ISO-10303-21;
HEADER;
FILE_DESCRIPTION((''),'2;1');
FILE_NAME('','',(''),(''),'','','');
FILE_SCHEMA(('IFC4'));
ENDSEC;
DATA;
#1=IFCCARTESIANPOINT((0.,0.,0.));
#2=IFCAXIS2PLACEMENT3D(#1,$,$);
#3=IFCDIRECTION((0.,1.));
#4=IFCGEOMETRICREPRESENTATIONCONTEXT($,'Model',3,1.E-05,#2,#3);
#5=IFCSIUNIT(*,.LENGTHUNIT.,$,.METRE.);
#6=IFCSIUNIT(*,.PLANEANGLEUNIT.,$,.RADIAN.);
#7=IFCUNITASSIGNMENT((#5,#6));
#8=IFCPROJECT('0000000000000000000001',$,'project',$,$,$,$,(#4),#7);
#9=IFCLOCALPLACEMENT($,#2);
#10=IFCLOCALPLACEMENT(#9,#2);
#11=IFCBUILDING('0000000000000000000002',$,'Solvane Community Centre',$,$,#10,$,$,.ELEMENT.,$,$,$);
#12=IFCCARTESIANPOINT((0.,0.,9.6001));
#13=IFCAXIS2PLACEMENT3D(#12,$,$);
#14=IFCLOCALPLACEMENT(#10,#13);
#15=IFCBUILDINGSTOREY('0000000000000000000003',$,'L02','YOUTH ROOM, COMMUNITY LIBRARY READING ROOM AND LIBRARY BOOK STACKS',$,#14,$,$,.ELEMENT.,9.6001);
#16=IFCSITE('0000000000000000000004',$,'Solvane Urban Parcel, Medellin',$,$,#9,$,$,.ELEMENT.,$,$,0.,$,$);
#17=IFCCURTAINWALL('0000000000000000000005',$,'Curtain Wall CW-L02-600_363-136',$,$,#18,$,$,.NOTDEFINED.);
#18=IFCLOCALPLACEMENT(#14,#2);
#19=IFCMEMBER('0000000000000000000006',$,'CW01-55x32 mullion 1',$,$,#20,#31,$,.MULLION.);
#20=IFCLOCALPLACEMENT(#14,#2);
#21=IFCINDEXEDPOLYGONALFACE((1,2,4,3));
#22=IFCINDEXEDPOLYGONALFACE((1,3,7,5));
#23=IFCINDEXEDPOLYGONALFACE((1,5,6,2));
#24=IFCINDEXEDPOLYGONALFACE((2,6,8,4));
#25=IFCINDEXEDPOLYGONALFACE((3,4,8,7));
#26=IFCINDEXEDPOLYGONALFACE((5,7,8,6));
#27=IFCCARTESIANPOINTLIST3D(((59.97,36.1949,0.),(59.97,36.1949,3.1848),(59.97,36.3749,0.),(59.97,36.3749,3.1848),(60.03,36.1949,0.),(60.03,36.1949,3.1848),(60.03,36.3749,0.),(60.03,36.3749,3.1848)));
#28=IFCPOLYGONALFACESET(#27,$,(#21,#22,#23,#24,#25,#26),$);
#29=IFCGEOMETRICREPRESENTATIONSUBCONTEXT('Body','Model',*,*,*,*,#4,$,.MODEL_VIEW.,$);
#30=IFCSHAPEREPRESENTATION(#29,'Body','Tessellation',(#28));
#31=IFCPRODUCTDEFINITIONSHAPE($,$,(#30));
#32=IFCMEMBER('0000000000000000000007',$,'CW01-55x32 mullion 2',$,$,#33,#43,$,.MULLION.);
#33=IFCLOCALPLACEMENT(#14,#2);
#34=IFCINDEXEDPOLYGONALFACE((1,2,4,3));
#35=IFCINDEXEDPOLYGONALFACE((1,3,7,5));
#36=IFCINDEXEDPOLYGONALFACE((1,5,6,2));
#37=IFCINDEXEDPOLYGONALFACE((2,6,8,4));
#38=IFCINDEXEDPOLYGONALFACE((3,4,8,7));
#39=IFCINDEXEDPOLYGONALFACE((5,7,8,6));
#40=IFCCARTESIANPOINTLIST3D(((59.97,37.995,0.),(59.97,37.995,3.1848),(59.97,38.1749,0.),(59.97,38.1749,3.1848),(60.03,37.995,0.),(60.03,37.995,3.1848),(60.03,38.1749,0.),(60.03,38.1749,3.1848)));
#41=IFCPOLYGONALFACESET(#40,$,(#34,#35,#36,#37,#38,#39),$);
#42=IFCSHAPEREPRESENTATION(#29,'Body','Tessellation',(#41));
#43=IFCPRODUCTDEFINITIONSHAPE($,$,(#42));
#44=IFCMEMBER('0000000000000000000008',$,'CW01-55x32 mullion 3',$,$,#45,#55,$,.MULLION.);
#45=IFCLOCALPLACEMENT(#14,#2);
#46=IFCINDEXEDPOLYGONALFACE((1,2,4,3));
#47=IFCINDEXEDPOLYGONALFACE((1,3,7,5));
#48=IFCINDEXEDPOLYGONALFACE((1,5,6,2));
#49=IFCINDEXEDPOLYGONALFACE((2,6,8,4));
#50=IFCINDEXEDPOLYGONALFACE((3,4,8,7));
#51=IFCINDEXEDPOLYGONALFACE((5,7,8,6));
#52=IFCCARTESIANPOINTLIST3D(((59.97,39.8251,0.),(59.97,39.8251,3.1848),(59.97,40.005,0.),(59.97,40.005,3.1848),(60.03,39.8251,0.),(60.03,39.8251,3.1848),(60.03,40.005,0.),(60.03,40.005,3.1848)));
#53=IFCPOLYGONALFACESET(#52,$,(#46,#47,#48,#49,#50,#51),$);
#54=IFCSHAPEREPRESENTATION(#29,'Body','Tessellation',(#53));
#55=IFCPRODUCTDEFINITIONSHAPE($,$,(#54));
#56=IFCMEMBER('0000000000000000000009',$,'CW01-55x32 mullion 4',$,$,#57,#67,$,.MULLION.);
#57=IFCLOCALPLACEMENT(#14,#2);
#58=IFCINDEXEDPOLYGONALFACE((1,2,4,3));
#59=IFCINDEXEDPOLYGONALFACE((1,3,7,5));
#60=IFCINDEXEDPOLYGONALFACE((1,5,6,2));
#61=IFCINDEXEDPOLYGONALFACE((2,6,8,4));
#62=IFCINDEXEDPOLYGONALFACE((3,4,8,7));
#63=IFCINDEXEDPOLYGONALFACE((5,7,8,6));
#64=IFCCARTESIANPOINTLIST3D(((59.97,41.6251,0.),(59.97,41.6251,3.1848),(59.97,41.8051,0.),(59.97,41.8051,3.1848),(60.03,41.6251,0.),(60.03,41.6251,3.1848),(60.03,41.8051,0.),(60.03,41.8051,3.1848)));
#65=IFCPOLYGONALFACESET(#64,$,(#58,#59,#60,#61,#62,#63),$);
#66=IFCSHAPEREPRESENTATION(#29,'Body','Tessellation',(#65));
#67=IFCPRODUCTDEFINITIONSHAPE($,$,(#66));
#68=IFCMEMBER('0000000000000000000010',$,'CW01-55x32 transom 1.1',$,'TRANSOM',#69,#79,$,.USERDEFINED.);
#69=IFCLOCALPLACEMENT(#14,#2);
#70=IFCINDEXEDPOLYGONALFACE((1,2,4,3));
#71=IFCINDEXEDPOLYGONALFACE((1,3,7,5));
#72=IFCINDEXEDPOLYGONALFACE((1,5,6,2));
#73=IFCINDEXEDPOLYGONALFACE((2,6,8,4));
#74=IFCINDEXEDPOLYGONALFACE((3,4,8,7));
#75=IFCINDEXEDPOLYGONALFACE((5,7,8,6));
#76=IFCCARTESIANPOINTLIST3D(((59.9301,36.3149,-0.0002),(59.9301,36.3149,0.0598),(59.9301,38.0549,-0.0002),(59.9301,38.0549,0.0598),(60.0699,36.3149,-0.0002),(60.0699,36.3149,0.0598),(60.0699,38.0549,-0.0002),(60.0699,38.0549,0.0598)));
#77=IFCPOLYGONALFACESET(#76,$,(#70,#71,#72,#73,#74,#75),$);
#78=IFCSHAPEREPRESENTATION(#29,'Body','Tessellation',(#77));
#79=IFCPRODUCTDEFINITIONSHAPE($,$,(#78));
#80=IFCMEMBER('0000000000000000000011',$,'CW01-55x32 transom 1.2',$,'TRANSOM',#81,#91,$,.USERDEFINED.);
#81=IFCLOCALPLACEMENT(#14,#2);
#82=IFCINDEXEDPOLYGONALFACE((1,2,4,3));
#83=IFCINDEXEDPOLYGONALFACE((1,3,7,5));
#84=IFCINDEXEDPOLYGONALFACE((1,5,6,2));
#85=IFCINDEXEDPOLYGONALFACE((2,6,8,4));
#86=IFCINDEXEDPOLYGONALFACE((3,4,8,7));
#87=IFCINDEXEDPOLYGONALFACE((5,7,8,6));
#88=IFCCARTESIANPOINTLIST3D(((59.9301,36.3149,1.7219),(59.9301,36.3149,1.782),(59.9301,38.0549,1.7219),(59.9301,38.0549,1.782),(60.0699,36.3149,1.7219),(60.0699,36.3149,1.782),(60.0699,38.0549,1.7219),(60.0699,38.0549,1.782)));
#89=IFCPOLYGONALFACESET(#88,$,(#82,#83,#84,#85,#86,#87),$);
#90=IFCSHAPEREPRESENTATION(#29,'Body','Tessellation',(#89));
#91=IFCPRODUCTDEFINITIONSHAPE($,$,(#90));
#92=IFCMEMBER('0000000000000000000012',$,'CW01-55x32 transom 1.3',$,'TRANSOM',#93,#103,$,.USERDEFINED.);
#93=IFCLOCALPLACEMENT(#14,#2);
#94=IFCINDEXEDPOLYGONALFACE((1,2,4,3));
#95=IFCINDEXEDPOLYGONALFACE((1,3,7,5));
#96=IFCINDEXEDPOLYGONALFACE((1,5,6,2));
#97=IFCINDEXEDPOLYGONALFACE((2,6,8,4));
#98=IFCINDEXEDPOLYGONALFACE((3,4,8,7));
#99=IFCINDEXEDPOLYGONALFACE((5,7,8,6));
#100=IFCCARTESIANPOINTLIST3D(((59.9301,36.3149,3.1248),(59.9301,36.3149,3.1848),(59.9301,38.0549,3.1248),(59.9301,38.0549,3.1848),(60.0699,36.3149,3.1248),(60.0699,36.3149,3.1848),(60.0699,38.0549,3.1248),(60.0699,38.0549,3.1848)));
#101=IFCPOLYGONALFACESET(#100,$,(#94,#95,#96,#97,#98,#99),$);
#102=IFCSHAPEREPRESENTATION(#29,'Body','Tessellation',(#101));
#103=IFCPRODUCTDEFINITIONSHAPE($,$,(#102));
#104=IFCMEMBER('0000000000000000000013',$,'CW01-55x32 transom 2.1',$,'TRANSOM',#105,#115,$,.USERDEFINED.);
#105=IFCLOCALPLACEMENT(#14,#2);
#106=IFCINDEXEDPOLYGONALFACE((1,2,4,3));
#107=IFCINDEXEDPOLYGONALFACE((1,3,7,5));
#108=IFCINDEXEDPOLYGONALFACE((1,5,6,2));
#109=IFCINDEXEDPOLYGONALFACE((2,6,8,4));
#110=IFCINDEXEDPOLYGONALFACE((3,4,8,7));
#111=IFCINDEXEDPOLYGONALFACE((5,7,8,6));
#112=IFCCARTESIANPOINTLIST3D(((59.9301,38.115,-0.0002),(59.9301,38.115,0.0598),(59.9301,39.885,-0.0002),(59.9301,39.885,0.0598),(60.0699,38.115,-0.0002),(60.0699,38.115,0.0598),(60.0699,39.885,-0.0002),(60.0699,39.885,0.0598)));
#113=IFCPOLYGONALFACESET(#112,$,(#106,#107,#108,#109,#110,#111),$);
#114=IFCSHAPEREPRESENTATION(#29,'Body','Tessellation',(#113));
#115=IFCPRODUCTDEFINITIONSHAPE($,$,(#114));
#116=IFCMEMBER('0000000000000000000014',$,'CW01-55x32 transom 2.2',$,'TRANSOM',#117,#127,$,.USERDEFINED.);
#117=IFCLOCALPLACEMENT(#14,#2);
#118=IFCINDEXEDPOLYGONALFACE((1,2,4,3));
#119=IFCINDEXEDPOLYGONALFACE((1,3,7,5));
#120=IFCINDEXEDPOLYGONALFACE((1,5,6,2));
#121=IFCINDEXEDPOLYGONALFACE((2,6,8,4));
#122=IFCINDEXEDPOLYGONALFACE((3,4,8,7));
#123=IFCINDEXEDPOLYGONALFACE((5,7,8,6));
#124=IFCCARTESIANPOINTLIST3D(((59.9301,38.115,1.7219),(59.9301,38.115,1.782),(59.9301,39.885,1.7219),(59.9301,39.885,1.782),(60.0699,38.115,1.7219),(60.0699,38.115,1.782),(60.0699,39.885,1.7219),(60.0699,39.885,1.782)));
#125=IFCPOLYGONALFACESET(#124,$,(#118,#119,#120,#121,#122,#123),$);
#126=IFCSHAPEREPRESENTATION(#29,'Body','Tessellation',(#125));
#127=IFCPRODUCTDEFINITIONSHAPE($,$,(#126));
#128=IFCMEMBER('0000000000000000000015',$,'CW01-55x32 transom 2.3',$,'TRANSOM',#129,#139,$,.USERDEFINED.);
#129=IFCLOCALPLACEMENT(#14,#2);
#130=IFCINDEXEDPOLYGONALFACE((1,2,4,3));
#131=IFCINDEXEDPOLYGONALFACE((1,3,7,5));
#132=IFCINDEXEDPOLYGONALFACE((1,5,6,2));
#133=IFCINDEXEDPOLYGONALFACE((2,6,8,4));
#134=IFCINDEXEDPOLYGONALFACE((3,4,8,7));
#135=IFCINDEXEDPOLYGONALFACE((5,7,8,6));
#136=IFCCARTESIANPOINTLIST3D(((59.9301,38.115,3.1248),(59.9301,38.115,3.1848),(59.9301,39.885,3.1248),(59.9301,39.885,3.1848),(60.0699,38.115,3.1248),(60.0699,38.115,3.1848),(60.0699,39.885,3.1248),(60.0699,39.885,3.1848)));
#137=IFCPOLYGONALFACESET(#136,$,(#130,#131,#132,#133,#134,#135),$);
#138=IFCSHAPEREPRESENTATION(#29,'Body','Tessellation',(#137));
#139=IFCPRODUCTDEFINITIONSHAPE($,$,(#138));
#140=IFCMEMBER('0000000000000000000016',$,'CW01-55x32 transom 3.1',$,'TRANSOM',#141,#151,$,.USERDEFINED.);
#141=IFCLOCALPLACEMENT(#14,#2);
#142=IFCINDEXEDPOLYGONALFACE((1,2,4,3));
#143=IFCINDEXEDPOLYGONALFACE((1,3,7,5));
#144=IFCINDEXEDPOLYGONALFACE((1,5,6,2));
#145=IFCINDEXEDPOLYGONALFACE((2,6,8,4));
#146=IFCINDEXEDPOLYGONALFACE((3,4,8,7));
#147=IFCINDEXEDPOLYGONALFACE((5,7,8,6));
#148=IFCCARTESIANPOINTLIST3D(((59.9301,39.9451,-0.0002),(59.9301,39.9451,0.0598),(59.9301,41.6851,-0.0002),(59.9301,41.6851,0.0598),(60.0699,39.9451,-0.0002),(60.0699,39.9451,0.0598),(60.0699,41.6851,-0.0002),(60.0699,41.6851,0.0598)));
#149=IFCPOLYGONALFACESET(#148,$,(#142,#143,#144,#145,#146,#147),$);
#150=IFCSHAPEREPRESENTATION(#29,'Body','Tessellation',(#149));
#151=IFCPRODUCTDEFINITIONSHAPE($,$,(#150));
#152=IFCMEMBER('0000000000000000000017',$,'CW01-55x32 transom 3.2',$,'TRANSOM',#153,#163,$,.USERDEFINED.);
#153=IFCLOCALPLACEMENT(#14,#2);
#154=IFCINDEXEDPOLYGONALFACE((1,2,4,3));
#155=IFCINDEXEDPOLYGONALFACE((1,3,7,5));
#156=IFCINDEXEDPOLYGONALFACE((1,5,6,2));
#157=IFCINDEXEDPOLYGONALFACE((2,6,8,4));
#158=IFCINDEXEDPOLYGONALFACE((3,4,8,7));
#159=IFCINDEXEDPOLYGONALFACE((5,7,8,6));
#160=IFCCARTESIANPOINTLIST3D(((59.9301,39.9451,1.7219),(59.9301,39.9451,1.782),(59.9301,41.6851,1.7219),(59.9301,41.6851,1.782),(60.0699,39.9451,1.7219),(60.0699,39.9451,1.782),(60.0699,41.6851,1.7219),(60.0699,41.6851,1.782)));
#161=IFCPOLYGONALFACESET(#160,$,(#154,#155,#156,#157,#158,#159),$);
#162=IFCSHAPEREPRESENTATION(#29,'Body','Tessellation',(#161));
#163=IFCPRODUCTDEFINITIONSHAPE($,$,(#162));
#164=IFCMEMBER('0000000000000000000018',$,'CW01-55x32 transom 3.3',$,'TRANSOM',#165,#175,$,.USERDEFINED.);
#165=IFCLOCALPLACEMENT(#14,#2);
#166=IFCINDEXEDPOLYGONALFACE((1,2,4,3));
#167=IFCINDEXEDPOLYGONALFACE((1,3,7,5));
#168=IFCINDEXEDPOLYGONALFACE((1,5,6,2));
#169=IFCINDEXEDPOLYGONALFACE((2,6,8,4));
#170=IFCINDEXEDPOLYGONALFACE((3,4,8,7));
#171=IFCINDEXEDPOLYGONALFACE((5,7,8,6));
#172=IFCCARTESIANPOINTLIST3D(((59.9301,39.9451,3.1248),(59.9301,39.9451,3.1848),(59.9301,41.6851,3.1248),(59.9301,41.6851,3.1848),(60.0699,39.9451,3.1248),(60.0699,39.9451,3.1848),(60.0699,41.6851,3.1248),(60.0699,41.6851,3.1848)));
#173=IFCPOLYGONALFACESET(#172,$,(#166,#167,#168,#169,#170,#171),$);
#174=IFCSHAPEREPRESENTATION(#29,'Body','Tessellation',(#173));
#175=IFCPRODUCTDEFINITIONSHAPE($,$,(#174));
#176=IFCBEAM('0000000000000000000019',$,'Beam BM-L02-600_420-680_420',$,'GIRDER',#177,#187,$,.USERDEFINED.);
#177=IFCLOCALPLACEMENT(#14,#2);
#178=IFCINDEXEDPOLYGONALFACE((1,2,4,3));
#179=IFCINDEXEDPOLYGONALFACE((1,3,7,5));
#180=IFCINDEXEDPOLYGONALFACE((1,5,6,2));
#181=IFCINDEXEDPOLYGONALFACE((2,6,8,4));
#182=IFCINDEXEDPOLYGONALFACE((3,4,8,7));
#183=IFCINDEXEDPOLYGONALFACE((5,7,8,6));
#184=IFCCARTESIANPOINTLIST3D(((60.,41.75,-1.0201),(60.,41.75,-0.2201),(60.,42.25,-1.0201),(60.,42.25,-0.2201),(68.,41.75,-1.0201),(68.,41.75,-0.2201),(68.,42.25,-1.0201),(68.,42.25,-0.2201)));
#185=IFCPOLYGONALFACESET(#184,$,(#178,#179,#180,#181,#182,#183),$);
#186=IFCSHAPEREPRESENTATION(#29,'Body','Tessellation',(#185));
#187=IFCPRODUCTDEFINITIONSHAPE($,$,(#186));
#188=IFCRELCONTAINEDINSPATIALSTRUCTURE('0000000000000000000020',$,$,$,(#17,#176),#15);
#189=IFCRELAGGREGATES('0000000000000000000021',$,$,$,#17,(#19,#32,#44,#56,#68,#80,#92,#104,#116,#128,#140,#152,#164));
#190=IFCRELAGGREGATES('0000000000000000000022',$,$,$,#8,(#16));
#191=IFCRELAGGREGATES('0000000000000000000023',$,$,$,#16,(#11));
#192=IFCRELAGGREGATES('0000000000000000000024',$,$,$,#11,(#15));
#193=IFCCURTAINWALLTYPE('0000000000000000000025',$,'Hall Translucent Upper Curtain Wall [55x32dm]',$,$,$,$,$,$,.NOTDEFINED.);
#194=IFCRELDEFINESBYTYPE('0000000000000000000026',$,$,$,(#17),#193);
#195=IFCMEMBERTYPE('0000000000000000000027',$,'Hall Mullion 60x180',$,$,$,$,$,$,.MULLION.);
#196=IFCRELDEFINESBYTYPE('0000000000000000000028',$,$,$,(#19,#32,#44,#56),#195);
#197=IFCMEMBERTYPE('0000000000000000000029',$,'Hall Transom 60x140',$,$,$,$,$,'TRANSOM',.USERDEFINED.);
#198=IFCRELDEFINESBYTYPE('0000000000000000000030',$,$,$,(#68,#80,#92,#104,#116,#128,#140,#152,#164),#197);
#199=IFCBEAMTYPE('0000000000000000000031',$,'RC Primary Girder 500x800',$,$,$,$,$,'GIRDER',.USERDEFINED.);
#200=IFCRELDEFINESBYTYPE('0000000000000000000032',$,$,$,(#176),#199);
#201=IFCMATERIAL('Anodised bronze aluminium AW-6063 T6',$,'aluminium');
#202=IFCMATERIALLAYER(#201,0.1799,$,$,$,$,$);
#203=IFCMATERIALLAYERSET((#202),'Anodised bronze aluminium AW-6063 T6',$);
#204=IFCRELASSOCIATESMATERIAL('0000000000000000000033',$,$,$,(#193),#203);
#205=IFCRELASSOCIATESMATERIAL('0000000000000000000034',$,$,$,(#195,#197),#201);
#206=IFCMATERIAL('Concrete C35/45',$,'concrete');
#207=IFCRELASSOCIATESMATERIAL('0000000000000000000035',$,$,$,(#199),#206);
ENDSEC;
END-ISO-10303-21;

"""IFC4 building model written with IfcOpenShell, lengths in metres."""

from ifc_helpers import new_model, si_unit, direction, frame, origin, origin_2d, place, context, subcontext, project, spatial, rectangle, extrude, material, layer, layer_set, material_profile, profile_set, type_object, element, aggregate, save


model = new_model("IFC4")

# Units and contexts
model_context = context("Model", 3, precision=1e-05, world=origin(), true_north=direction((0.0, 1.0)))
body_context = subcontext(model_context, "Body", "Model", "MODEL_VIEW")
ifc_project = project(units=[si_unit("LENGTHUNIT", "METRE"), si_unit("PLANEANGLEUNIT", "RADIAN")], contexts=[model_context])

# Site, building, storey
site_placement = place(None, origin())
site = spatial("IfcSite", under=ifc_project, at=site_placement, Name="Solvane Urban Parcel, Medellin", CompositionType="ELEMENT", RefElevation=0.0)
building_placement = place(site_placement, origin())
building = spatial("IfcBuilding", under=site, at=building_placement, Name="Solvane Community Centre", CompositionType="ELEMENT")
storey_placement = place(building_placement, frame((0.0, 0.0, 9.6001)))
storey = spatial("IfcBuildingStorey", under=building, at=storey_placement, Name="L02", Description="YOUTH ROOM, COMMUNITY LIBRARY READING ROOM AND LIBRARY BOOK STACKS", CompositionType="ELEMENT", Elevation=9.6001)

# Curtain wall, members
ifc_material_1 = material(Name="Anodised bronze aluminium AW-6063 T6", Category="aluminium")
ifc_layer_1 = layer(ifc_material_1, 0.1799)
ifc_layer_set_1 = layer_set([ifc_layer_1], Name="Anodised bronze aluminium AW-6063 T6")
curtain_wall_type = type_object("IfcCurtainWallType", Name="Hall Translucent Upper Curtain Wall [55x32dm]", PredefinedType="NOTDEFINED", material=ifc_layer_set_1)
curtain_wall_placement = place(storey_placement, origin())
curtain_wall = element("IfcCurtainWall", 1, at=curtain_wall_placement, inside=storey, type_object=curtain_wall_type, Name="Curtain Wall CW-L02-600_363-136", PredefinedType="NOTDEFINED")
ifc_material_profile_1 = material_profile(ifc_material_1, rectangle(XDim=0.0601, YDim=0.1799, at=origin_2d()), Name="CW-M 60x180")
ifc_profile_set_1 = profile_set([ifc_material_profile_1], Name="Anodised bronze aluminium AW-6063 T6")
member_type_1 = type_object("IfcMemberType", Name="Hall Mullion 60x180", PredefinedType="MULLION", material=ifc_profile_set_1)
member_1_placement = place(storey_placement, frame((60.0, 36.2849, 0.0), z_axis=(0.0, 0.0, 1.0), x_axis=(-1.0, 0.0, 0.0)))
member_1 = element("IfcMember", 2, at=member_1_placement, type_object=member_type_1, Name="CW01-55x32 mullion 1", PredefinedType="MULLION", context=body_context, shape_type="SweptSolid", body=[
    extrude(rectangle(XDim=0.0601, YDim=0.1799, at=origin_2d()), origin(), (0.0, 0.0, 1.0), 3.1848),
])
member_2_placement = place(storey_placement, frame((60.0, 38.085, 0.0), z_axis=(0.0, 0.0, 1.0), x_axis=(-1.0, 0.0, 0.0)))
member_2 = element("IfcMember", 3, at=member_2_placement, type_object=member_type_1, Name="CW01-55x32 mullion 2", PredefinedType="MULLION", context=body_context, shape_type="SweptSolid", body=[
    extrude(rectangle(XDim=0.0601, YDim=0.1799, at=origin_2d()), origin(), (0.0, 0.0, 1.0), 3.1848),
])
member_3_placement = place(storey_placement, frame((60.0, 39.915, 0.0), z_axis=(0.0, 0.0, 1.0), x_axis=(-1.0, 0.0, 0.0)))
member_3 = element("IfcMember", 4, at=member_3_placement, type_object=member_type_1, Name="CW01-55x32 mullion 3", PredefinedType="MULLION", context=body_context, shape_type="SweptSolid", body=[
    extrude(rectangle(XDim=0.0601, YDim=0.1799, at=origin_2d()), origin(), (0.0, 0.0, 1.0), 3.1848),
])
member_4_placement = place(storey_placement, frame((60.0, 41.7151, 0.0), z_axis=(0.0, 0.0, 1.0), x_axis=(-1.0, 0.0, 0.0)))
member_4 = element("IfcMember", 5, at=member_4_placement, type_object=member_type_1, Name="CW01-55x32 mullion 4", PredefinedType="MULLION", context=body_context, shape_type="SweptSolid", body=[
    extrude(rectangle(XDim=0.0601, YDim=0.1799, at=origin_2d()), origin(), (0.0, 0.0, 1.0), 3.1848),
])
ifc_material_profile_2 = material_profile(ifc_material_1, rectangle(XDim=0.1399, YDim=0.0601, at=origin_2d()), Name="CW-T 60x140")
ifc_profile_set_2 = profile_set([ifc_material_profile_2], Name="Anodised bronze aluminium AW-6063 T6")
member_type_2 = type_object("IfcMemberType", Name="Hall Transom 60x140", ElementType="TRANSOM", PredefinedType="USERDEFINED", material=ifc_profile_set_2)
member_5_placement = place(storey_placement, frame((60.0, 36.3149, 0.0298), z_axis=(0.0, 1.0, 0.0), x_axis=(-1.0, 0.0, 0.0)))
member_5 = element("IfcMember", 6, at=member_5_placement, type_object=member_type_2, Name="CW01-55x32 transom 1.1", ObjectType="TRANSOM", PredefinedType="USERDEFINED", context=body_context, shape_type="SweptSolid", body=[
    extrude(rectangle(XDim=0.1399, YDim=0.0601, at=origin_2d()), origin(), (0.0, 0.0, 1.0), 1.74),
])
member_6_placement = place(storey_placement, frame((60.0, 36.3149, 1.752), z_axis=(0.0, 1.0, 0.0), x_axis=(-1.0, 0.0, 0.0)))
member_6 = element("IfcMember", 7, at=member_6_placement, type_object=member_type_2, Name="CW01-55x32 transom 1.2", ObjectType="TRANSOM", PredefinedType="USERDEFINED", context=body_context, shape_type="SweptSolid", body=[
    extrude(rectangle(XDim=0.1399, YDim=0.0601, at=origin_2d()), origin(), (0.0, 0.0, 1.0), 1.74),
])
member_7_placement = place(storey_placement, frame((60.0, 36.3149, 3.1548), z_axis=(0.0, 1.0, 0.0), x_axis=(-1.0, 0.0, 0.0)))
member_7 = element("IfcMember", 8, at=member_7_placement, type_object=member_type_2, Name="CW01-55x32 transom 1.3", ObjectType="TRANSOM", PredefinedType="USERDEFINED", context=body_context, shape_type="SweptSolid", body=[
    extrude(rectangle(XDim=0.1399, YDim=0.0601, at=origin_2d()), origin(), (0.0, 0.0, 1.0), 1.74),
])
member_8_placement = place(storey_placement, frame((60.0, 38.115, 0.0298), z_axis=(0.0, 1.0, 0.0), x_axis=(-1.0, 0.0, 0.0)))
member_8 = element("IfcMember", 9, at=member_8_placement, type_object=member_type_2, Name="CW01-55x32 transom 2.1", ObjectType="TRANSOM", PredefinedType="USERDEFINED", context=body_context, shape_type="SweptSolid", body=[
    extrude(rectangle(XDim=0.1399, YDim=0.0601, at=origin_2d()), origin(), (0.0, 0.0, 1.0), 1.77),
])
member_9_placement = place(storey_placement, frame((60.0, 38.115, 1.752), z_axis=(0.0, 1.0, 0.0), x_axis=(-1.0, 0.0, 0.0)))
member_9 = element("IfcMember", 10, at=member_9_placement, type_object=member_type_2, Name="CW01-55x32 transom 2.2", ObjectType="TRANSOM", PredefinedType="USERDEFINED", context=body_context, shape_type="SweptSolid", body=[
    extrude(rectangle(XDim=0.1399, YDim=0.0601, at=origin_2d()), origin(), (0.0, 0.0, 1.0), 1.77),
])
member_10_placement = place(storey_placement, frame((60.0, 38.115, 3.1548), z_axis=(0.0, 1.0, 0.0), x_axis=(-1.0, 0.0, 0.0)))
member_10 = element("IfcMember", 11, at=member_10_placement, type_object=member_type_2, Name="CW01-55x32 transom 2.3", ObjectType="TRANSOM", PredefinedType="USERDEFINED", context=body_context, shape_type="SweptSolid", body=[
    extrude(rectangle(XDim=0.1399, YDim=0.0601, at=origin_2d()), origin(), (0.0, 0.0, 1.0), 1.77),
])
member_11_placement = place(storey_placement, frame((60.0, 39.9451, 0.0298), z_axis=(0.0, 1.0, 0.0), x_axis=(-1.0, 0.0, 0.0)))
member_11 = element("IfcMember", 12, at=member_11_placement, type_object=member_type_2, Name="CW01-55x32 transom 3.1", ObjectType="TRANSOM", PredefinedType="USERDEFINED", context=body_context, shape_type="SweptSolid", body=[
    extrude(rectangle(XDim=0.1399, YDim=0.0601, at=origin_2d()), origin(), (0.0, 0.0, 1.0), 1.74),
])
member_12_placement = place(storey_placement, frame((60.0, 39.9451, 1.752), z_axis=(0.0, 1.0, 0.0), x_axis=(-1.0, 0.0, 0.0)))
member_12 = element("IfcMember", 13, at=member_12_placement, type_object=member_type_2, Name="CW01-55x32 transom 3.2", ObjectType="TRANSOM", PredefinedType="USERDEFINED", context=body_context, shape_type="SweptSolid", body=[
    extrude(rectangle(XDim=0.1399, YDim=0.0601, at=origin_2d()), origin(), (0.0, 0.0, 1.0), 1.74),
])
member_13_placement = place(storey_placement, frame((60.0, 39.9451, 3.1548), z_axis=(0.0, 1.0, 0.0), x_axis=(-1.0, 0.0, 0.0)))
member_13 = element("IfcMember", 14, at=member_13_placement, type_object=member_type_2, Name="CW01-55x32 transom 3.3", ObjectType="TRANSOM", PredefinedType="USERDEFINED", context=body_context, shape_type="SweptSolid", body=[
    extrude(rectangle(XDim=0.1399, YDim=0.0601, at=origin_2d()), origin(), (0.0, 0.0, 1.0), 1.74),
])

# Beam
ifc_material_2 = material(Name="Concrete C35/45", Category="concrete")
ifc_material_profile_3 = material_profile(ifc_material_2, rectangle(XDim=0.5, YDim=0.8, at=origin_2d()), Name="RC 500x800")
ifc_profile_set_3 = profile_set([ifc_material_profile_3], Name="Concrete C35/45")
beam_type_1 = type_object("IfcBeamType", Name="RC Primary Girder 500x800", ElementType="GIRDER", PredefinedType="USERDEFINED", material=ifc_profile_set_3)
beam_1_placement = place(storey_placement, frame((60.0, 42.0, -0.6201), z_axis=(1.0, 0.0, 0.0), x_axis=(0.0, 1.0, 0.0)))
element("IfcBeam", 15, at=beam_1_placement, inside=storey, type_object=beam_type_1, Name="Beam BM-L02-600_420-680_420", ObjectType="GIRDER", PredefinedType="USERDEFINED", context=body_context, shape_type="SweptSolid", body=[
    extrude(rectangle(XDim=0.5, YDim=0.8, at=origin_2d()), origin(), (0.0, 0.0, 1.0), 8.0),
])

aggregate(curtain_wall, [member_1, member_2, member_3, member_4, member_5, member_6, member_7, member_8, member_9, member_10, member_11, member_12, member_13])

save(model, "model.ifc")
